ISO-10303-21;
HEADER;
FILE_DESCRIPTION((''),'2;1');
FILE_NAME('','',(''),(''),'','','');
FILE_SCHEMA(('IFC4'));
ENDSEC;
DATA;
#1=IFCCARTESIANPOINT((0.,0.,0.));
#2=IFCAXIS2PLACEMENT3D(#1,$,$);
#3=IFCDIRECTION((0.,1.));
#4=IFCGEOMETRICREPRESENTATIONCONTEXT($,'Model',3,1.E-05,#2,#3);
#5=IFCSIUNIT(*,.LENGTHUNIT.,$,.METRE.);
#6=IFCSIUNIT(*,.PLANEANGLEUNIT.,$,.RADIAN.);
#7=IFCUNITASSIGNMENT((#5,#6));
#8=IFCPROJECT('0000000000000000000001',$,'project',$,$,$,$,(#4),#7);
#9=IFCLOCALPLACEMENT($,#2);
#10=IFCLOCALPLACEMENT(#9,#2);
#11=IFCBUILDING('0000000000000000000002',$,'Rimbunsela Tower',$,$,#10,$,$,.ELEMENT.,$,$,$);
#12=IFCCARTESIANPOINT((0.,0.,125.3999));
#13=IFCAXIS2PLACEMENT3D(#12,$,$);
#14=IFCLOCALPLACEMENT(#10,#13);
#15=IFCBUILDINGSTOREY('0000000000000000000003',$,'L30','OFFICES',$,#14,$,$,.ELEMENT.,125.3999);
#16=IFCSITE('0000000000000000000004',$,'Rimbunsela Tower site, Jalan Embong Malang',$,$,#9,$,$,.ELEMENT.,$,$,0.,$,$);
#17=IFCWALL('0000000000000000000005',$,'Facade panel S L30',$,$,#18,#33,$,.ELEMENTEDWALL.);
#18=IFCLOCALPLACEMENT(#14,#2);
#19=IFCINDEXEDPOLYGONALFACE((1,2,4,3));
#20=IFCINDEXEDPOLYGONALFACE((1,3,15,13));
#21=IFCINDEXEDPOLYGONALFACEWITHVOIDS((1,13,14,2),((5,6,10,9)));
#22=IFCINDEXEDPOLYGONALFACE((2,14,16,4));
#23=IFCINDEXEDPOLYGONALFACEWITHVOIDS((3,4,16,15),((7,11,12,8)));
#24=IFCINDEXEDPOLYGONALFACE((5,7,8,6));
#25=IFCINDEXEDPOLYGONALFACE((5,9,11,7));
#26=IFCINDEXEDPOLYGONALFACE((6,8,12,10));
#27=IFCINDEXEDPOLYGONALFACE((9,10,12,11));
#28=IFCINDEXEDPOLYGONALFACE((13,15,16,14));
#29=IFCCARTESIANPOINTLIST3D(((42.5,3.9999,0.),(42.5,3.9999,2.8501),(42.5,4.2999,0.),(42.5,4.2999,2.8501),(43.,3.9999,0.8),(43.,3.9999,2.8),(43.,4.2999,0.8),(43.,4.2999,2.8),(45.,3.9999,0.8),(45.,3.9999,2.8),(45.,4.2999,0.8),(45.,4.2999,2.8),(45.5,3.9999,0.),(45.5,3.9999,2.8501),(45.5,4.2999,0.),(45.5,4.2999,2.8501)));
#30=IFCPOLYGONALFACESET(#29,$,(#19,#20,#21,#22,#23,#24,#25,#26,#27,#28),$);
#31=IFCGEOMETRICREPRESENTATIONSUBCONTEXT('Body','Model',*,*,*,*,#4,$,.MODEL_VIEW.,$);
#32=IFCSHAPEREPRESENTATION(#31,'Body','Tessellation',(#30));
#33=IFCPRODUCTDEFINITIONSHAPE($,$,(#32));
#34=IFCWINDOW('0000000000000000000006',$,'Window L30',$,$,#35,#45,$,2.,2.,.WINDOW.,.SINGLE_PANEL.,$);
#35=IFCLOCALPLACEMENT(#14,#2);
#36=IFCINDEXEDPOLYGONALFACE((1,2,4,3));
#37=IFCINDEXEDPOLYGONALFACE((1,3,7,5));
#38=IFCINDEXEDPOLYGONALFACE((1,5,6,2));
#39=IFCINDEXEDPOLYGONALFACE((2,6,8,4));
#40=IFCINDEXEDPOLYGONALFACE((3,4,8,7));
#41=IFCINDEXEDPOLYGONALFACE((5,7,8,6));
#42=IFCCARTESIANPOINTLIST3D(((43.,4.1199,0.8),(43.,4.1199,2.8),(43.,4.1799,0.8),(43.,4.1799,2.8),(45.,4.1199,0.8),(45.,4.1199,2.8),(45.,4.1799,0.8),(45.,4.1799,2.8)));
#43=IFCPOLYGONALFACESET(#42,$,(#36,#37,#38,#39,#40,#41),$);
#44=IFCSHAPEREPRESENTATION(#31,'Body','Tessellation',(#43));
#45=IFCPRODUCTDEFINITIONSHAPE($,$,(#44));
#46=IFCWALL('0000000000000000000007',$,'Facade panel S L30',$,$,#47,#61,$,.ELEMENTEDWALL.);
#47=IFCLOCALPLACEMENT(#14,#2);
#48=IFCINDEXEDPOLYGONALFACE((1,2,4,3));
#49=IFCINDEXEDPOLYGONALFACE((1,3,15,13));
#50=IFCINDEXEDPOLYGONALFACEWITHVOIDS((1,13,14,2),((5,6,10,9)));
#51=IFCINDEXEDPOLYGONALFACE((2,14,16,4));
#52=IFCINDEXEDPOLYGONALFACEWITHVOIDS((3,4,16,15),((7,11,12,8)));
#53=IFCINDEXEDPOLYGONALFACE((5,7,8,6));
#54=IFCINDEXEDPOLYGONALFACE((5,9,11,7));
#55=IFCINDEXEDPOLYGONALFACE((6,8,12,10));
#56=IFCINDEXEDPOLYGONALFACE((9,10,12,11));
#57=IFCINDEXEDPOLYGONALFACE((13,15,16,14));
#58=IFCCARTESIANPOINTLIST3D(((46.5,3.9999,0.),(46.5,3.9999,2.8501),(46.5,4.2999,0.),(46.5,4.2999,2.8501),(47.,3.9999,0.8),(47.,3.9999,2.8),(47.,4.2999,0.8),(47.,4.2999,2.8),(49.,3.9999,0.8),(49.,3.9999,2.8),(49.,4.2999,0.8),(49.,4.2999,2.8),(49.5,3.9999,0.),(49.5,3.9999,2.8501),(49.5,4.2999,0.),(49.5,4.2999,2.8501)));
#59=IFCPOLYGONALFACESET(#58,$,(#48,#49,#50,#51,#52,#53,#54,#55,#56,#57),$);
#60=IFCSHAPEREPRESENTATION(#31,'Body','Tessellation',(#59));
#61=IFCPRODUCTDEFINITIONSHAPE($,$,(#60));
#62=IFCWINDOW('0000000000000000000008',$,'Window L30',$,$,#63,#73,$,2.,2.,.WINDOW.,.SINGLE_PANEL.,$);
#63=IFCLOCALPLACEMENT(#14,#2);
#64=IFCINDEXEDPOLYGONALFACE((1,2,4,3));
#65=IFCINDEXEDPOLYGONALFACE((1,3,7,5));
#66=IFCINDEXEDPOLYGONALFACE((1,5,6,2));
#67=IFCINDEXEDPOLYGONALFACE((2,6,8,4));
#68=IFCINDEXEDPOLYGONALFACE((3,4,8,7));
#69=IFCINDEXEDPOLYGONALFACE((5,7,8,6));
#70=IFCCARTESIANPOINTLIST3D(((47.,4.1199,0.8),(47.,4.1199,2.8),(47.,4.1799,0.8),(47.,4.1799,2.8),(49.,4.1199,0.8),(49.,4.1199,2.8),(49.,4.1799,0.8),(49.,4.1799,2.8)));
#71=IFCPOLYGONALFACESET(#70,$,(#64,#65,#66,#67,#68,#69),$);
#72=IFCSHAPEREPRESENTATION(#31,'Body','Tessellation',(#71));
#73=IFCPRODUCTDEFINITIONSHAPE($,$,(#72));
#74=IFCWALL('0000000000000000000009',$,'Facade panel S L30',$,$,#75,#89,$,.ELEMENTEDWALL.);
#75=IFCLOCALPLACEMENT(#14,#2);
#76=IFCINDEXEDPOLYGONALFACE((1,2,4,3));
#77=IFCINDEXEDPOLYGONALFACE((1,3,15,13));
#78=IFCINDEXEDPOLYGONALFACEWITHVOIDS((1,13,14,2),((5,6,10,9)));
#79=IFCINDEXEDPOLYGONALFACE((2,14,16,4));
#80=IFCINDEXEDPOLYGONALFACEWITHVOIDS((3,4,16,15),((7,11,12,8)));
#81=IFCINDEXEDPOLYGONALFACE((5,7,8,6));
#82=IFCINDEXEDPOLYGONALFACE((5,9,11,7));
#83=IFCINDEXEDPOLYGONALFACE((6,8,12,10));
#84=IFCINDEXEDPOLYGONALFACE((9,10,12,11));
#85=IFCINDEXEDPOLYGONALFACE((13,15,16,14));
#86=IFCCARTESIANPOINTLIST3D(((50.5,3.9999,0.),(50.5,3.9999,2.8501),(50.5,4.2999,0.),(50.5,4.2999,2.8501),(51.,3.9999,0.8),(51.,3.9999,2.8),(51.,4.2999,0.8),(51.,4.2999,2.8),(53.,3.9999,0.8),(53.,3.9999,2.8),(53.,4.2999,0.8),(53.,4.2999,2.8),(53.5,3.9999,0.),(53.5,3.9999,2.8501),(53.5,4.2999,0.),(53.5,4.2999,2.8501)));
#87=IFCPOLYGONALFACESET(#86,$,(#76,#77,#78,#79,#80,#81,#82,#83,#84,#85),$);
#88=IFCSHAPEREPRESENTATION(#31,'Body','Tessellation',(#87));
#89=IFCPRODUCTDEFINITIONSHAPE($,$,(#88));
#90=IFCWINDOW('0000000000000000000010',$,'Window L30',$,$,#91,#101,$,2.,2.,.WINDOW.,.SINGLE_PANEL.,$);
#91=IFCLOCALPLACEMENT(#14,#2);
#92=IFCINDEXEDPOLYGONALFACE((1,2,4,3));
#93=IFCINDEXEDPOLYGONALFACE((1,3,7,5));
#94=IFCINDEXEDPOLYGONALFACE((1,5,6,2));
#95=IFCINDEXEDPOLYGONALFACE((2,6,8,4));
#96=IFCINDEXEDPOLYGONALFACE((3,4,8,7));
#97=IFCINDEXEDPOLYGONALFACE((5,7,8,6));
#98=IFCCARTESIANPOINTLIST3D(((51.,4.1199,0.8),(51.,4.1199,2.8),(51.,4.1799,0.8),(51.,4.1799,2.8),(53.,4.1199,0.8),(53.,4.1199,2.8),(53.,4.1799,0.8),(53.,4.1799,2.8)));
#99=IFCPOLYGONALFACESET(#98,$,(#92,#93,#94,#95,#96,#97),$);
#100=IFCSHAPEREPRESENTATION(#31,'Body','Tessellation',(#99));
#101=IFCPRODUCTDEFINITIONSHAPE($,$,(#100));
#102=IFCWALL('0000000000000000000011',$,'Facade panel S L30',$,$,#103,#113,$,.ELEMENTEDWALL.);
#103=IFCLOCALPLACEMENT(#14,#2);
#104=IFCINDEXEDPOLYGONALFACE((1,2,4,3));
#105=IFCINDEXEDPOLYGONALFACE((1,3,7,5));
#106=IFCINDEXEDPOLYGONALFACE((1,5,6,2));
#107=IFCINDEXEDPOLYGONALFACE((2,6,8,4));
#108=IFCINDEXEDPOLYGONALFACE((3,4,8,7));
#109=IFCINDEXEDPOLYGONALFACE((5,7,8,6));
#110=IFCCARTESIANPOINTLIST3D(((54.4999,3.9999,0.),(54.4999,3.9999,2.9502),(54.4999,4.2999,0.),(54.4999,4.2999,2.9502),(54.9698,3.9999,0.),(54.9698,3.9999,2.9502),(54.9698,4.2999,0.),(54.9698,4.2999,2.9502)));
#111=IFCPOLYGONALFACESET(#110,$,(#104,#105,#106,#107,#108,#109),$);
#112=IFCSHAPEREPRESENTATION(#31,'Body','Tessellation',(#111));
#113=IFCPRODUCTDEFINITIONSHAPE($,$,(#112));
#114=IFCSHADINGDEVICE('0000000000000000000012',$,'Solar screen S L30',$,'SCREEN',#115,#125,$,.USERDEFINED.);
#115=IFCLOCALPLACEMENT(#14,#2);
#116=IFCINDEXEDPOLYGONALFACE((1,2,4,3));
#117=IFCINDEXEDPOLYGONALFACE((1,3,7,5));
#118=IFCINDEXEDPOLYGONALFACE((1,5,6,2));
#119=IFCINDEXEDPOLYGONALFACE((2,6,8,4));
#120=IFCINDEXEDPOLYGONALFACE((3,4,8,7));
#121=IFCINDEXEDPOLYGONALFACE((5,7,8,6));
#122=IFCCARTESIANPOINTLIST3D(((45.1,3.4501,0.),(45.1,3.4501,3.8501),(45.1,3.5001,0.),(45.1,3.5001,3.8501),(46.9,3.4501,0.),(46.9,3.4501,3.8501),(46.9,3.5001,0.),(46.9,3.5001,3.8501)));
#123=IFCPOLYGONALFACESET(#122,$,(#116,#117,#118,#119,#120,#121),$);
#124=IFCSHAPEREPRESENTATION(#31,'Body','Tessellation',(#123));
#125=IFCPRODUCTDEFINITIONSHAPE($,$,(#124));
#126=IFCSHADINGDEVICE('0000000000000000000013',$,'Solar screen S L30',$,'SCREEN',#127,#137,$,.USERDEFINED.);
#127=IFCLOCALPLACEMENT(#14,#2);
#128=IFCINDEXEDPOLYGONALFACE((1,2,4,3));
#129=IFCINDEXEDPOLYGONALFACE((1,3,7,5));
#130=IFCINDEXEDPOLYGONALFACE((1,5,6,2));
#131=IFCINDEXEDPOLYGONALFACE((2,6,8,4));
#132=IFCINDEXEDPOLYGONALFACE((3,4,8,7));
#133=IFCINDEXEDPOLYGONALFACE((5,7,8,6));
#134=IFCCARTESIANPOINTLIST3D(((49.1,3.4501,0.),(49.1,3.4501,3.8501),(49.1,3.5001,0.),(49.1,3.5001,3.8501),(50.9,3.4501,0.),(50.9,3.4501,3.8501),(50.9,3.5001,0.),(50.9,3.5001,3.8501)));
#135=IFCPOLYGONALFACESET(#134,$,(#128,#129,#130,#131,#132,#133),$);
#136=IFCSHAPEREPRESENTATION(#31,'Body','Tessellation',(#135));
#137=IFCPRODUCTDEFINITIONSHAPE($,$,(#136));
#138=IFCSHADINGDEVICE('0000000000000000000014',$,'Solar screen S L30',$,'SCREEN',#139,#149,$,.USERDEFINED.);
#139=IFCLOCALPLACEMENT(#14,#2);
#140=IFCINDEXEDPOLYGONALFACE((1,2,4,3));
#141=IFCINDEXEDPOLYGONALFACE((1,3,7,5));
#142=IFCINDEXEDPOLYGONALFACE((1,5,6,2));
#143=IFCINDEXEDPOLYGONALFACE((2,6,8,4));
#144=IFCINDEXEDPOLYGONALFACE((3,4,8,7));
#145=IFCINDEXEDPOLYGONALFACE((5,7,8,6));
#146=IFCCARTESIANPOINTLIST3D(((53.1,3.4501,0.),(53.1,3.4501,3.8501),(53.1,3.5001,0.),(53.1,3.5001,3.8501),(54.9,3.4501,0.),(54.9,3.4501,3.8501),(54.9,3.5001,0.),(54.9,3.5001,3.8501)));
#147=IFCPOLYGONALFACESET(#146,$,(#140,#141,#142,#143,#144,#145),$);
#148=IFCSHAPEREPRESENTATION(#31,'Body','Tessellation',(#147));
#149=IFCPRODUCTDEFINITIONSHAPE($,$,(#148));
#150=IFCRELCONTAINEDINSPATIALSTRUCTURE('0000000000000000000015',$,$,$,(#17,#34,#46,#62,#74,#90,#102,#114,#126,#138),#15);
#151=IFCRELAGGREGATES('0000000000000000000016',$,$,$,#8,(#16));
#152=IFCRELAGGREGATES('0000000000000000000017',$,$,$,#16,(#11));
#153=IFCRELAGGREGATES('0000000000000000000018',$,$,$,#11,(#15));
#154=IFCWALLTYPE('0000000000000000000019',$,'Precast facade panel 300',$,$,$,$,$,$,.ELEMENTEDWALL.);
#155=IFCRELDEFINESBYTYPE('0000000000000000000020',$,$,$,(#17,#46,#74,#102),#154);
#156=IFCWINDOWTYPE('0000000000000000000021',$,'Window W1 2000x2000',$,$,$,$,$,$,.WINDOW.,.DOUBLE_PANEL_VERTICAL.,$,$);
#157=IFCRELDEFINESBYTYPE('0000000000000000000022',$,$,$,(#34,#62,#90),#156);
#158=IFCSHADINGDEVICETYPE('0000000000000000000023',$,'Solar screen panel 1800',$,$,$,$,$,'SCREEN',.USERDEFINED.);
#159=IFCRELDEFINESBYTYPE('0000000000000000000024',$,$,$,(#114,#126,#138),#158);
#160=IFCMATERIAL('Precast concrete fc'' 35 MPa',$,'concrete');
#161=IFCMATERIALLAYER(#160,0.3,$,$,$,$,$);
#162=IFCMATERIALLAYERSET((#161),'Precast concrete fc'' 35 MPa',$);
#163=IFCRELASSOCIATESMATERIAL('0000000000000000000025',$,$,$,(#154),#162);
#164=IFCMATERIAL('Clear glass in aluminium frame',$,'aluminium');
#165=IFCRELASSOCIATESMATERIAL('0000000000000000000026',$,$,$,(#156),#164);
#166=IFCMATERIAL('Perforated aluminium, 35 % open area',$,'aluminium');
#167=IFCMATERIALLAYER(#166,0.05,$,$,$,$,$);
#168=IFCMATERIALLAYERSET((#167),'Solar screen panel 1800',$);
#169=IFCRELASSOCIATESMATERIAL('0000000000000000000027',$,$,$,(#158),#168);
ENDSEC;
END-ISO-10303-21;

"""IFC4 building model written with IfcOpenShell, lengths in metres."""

from ifc_helpers import new_model, si_unit, direction, frame, frame_2d, origin, origin_2d, place, context, subcontext, project, spatial, rectangle, extrude, material, layer, layer_set, type_object, element, fill, save


model = new_model("IFC4")

# Units and contexts
model_context = context("Model", 3, precision=1e-05, world=origin(), true_north=direction((0.0, 1.0)))
body_context = subcontext(model_context, "Body", "Model", "MODEL_VIEW")
ifc_project = project(units=[si_unit("LENGTHUNIT", "METRE"), si_unit("PLANEANGLEUNIT", "RADIAN")], contexts=[model_context])

# Site, building, storey
site_placement = place(None, origin())
site = spatial("IfcSite", under=ifc_project, at=site_placement, Name="Rimbunsela Tower site, Jalan Embong Malang", CompositionType="ELEMENT", RefElevation=0.0)
building_placement = place(site_placement, origin())
building = spatial("IfcBuilding", under=site, at=building_placement, Name="Rimbunsela Tower", CompositionType="ELEMENT")
storey_placement = place(building_placement, frame((0.0, 0.0, 125.3999)))
storey = spatial("IfcBuildingStorey", under=building, at=storey_placement, Name="L30", Description="OFFICES", CompositionType="ELEMENT", Elevation=125.3999)

# Walls, openings, windows
ifc_material_1 = material(Name="Precast concrete fc' 35 MPa", Category="concrete")
ifc_layer_1 = layer(ifc_material_1, 0.3)
ifc_layer_set_1 = layer_set([ifc_layer_1], Name="Precast concrete fc' 35 MPa")
wall_type = type_object("IfcWallType", Name="Precast facade panel 300", PredefinedType="ELEMENTEDWALL", material=ifc_layer_set_1)
wall_1_placement = place(storey_placement, frame((42.5, 4.1499, 0.0), z_axis=(0.0, 0.0, 1.0), x_axis=(1.0, 0.0, 0.0)))
wall_1 = element("IfcWall", 1, at=wall_1_placement, inside=storey, type_object=wall_type, Name="Facade panel S L30", PredefinedType="ELEMENTEDWALL", context=body_context, shape_type="SweptSolid", body=[
    extrude(rectangle(XDim=3.0, YDim=0.3, at=frame_2d((1.5, 0.0))), origin(), (0.0, 0.0, 1.0), 2.8501),
])
opening_1_placement = place(wall_1_placement, frame((0.5, 0.0, 0.8)))
opening_1 = element("IfcOpeningElement", 2, at=opening_1_placement, cuts=wall_1, PredefinedType="OPENING", context=body_context, shape_type="SweptSolid", body=[
    extrude(rectangle(XDim=2.0, YDim=2.0, at=frame_2d((1.0, 1.0))), frame((0.0, 0.1599, 0.0), z_axis=(0.0, -1.0, 0.0), x_axis=(1.0, 0.0, 0.0)), (0.0, 0.0, 1.0), 0.3201),
])
ifc_material_2 = material(Name="Clear glass in aluminium frame", Category="aluminium")
window_type = type_object("IfcWindowType", Name="Window W1 2000x2000", PartitioningType="DOUBLE_PANEL_VERTICAL", PredefinedType="WINDOW", material=ifc_material_2)
window_1_placement = place(opening_1_placement, origin())
window_1 = element("IfcWindow", 3, at=window_1_placement, inside=storey, type_object=window_type, Name="Window L30", OverallHeight=2.0, OverallWidth=2.0, PartitioningType="SINGLE_PANEL", PredefinedType="WINDOW", context=body_context, shape_type="SweptSolid", body=[
    extrude(rectangle(XDim=2.0, YDim=2.0, at=frame_2d((1.0, 1.0))), frame((0.0, 0.03, 0.0), z_axis=(0.0, -1.0, 0.0), x_axis=(1.0, 0.0, 0.0)), (0.0, 0.0, 1.0), 0.0601),
])
fill(opening_1, window_1)
wall_2_placement = place(storey_placement, frame((46.5, 4.1499, 0.0), z_axis=(0.0, 0.0, 1.0), x_axis=(1.0, 0.0, 0.0)))
wall_2 = element("IfcWall", 4, at=wall_2_placement, inside=storey, type_object=wall_type, Name="Facade panel S L30", PredefinedType="ELEMENTEDWALL", context=body_context, shape_type="SweptSolid", body=[
    extrude(rectangle(XDim=3.0, YDim=0.3, at=frame_2d((1.5, 0.0))), origin(), (0.0, 0.0, 1.0), 2.8501),
])
opening_2_placement = place(wall_2_placement, frame((0.5, 0.0, 0.8)))
opening_2 = element("IfcOpeningElement", 5, at=opening_2_placement, cuts=wall_2, PredefinedType="OPENING", context=body_context, shape_type="SweptSolid", body=[
    extrude(rectangle(XDim=2.0, YDim=2.0, at=frame_2d((1.0, 1.0))), frame((0.0, 0.1599, 0.0), z_axis=(0.0, -1.0, 0.0), x_axis=(1.0, 0.0, 0.0)), (0.0, 0.0, 1.0), 0.3201),
])
window_2_placement = place(opening_2_placement, origin())
window_2 = element("IfcWindow", 6, at=window_2_placement, inside=storey, type_object=window_type, Name="Window L30", OverallHeight=2.0, OverallWidth=2.0, PartitioningType="SINGLE_PANEL", PredefinedType="WINDOW", context=body_context, shape_type="SweptSolid", body=[
    extrude(rectangle(XDim=2.0, YDim=2.0, at=frame_2d((1.0, 1.0))), frame((0.0, 0.03, 0.0), z_axis=(0.0, -1.0, 0.0), x_axis=(1.0, 0.0, 0.0)), (0.0, 0.0, 1.0), 0.0601),
])
fill(opening_2, window_2)
wall_3_placement = place(storey_placement, frame((50.5, 4.1499, 0.0), z_axis=(0.0, 0.0, 1.0), x_axis=(1.0, 0.0, 0.0)))
wall_3 = element("IfcWall", 7, at=wall_3_placement, inside=storey, type_object=wall_type, Name="Facade panel S L30", PredefinedType="ELEMENTEDWALL", context=body_context, shape_type="SweptSolid", body=[
    extrude(rectangle(XDim=3.0, YDim=0.3, at=frame_2d((1.5, 0.0))), origin(), (0.0, 0.0, 1.0), 2.8501),
])
opening_3_placement = place(wall_3_placement, frame((0.5, 0.0, 0.8)))
opening_3 = element("IfcOpeningElement", 8, at=opening_3_placement, cuts=wall_3, PredefinedType="OPENING", context=body_context, shape_type="SweptSolid", body=[
    extrude(rectangle(XDim=2.0, YDim=2.0, at=frame_2d((1.0, 1.0))), frame((0.0, 0.1599, 0.0), z_axis=(0.0, -1.0, 0.0), x_axis=(1.0, 0.0, 0.0)), (0.0, 0.0, 1.0), 0.3201),
])
window_3_placement = place(opening_3_placement, origin())
window_3 = element("IfcWindow", 9, at=window_3_placement, inside=storey, type_object=window_type, Name="Window L30", OverallHeight=2.0, OverallWidth=2.0, PartitioningType="SINGLE_PANEL", PredefinedType="WINDOW", context=body_context, shape_type="SweptSolid", body=[
    extrude(rectangle(XDim=2.0, YDim=2.0, at=frame_2d((1.0, 1.0))), frame((0.0, 0.03, 0.0), z_axis=(0.0, -1.0, 0.0), x_axis=(1.0, 0.0, 0.0)), (0.0, 0.0, 1.0), 0.0601),
])
fill(opening_3, window_3)

# Wall
wall_4_placement = place(storey_placement, frame((54.5, 4.1499, 0.0), z_axis=(0.0, 0.0, 1.0), x_axis=(1.0, 0.0, 0.0)))
element("IfcWall", 10, at=wall_4_placement, inside=storey, type_object=wall_type, Name="Facade panel S L30", PredefinedType="ELEMENTEDWALL", context=body_context, shape_type="SweptSolid", body=[
    extrude(rectangle(XDim=0.47, YDim=0.3, at=frame_2d((0.2349, 0.0))), origin(), (0.0, 0.0, 1.0), 2.9502),
])

# Shading devices
ifc_material_3 = material(Name="Perforated aluminium, 35 % open area", Category="aluminium")
ifc_layer_2 = layer(ifc_material_3, 0.05)
ifc_layer_set_2 = layer_set([ifc_layer_2], Name="Solar screen panel 1800")
shading_device_type = type_object("IfcShadingDeviceType", Name="Solar screen panel 1800", ElementType="SCREEN", PredefinedType="USERDEFINED", material=ifc_layer_set_2)
for number, where, z_axis, x_axis, name in (
    (11, (46.0, 3.4751, 0.0), (0.0, 0.0, 1.0), (1.0, 0.0, 0.0), "Solar screen S L30"),
    (12, (50.0, 3.4751, 0.0), (0.0, 0.0, 1.0), (1.0, 0.0, 0.0), "Solar screen S L30"),
    (13, (54.0, 3.4751, 0.0), (0.0, 0.0, 1.0), (1.0, 0.0, 0.0), "Solar screen S L30"),
):
    element("IfcShadingDevice", number, at=place(storey_placement, frame(where, z_axis=z_axis, x_axis=x_axis)), inside=storey, type_object=shading_device_type, Name=name, ObjectType="SCREEN", PredefinedType="USERDEFINED", context=body_context, shape_type="SweptSolid", body=[
        extrude(rectangle(XDim=1.8, YDim=0.05, at=origin_2d()), origin(), (0.0, 0.0, 1.0), 3.8501),
    ])

save(model, "model.ifc")
